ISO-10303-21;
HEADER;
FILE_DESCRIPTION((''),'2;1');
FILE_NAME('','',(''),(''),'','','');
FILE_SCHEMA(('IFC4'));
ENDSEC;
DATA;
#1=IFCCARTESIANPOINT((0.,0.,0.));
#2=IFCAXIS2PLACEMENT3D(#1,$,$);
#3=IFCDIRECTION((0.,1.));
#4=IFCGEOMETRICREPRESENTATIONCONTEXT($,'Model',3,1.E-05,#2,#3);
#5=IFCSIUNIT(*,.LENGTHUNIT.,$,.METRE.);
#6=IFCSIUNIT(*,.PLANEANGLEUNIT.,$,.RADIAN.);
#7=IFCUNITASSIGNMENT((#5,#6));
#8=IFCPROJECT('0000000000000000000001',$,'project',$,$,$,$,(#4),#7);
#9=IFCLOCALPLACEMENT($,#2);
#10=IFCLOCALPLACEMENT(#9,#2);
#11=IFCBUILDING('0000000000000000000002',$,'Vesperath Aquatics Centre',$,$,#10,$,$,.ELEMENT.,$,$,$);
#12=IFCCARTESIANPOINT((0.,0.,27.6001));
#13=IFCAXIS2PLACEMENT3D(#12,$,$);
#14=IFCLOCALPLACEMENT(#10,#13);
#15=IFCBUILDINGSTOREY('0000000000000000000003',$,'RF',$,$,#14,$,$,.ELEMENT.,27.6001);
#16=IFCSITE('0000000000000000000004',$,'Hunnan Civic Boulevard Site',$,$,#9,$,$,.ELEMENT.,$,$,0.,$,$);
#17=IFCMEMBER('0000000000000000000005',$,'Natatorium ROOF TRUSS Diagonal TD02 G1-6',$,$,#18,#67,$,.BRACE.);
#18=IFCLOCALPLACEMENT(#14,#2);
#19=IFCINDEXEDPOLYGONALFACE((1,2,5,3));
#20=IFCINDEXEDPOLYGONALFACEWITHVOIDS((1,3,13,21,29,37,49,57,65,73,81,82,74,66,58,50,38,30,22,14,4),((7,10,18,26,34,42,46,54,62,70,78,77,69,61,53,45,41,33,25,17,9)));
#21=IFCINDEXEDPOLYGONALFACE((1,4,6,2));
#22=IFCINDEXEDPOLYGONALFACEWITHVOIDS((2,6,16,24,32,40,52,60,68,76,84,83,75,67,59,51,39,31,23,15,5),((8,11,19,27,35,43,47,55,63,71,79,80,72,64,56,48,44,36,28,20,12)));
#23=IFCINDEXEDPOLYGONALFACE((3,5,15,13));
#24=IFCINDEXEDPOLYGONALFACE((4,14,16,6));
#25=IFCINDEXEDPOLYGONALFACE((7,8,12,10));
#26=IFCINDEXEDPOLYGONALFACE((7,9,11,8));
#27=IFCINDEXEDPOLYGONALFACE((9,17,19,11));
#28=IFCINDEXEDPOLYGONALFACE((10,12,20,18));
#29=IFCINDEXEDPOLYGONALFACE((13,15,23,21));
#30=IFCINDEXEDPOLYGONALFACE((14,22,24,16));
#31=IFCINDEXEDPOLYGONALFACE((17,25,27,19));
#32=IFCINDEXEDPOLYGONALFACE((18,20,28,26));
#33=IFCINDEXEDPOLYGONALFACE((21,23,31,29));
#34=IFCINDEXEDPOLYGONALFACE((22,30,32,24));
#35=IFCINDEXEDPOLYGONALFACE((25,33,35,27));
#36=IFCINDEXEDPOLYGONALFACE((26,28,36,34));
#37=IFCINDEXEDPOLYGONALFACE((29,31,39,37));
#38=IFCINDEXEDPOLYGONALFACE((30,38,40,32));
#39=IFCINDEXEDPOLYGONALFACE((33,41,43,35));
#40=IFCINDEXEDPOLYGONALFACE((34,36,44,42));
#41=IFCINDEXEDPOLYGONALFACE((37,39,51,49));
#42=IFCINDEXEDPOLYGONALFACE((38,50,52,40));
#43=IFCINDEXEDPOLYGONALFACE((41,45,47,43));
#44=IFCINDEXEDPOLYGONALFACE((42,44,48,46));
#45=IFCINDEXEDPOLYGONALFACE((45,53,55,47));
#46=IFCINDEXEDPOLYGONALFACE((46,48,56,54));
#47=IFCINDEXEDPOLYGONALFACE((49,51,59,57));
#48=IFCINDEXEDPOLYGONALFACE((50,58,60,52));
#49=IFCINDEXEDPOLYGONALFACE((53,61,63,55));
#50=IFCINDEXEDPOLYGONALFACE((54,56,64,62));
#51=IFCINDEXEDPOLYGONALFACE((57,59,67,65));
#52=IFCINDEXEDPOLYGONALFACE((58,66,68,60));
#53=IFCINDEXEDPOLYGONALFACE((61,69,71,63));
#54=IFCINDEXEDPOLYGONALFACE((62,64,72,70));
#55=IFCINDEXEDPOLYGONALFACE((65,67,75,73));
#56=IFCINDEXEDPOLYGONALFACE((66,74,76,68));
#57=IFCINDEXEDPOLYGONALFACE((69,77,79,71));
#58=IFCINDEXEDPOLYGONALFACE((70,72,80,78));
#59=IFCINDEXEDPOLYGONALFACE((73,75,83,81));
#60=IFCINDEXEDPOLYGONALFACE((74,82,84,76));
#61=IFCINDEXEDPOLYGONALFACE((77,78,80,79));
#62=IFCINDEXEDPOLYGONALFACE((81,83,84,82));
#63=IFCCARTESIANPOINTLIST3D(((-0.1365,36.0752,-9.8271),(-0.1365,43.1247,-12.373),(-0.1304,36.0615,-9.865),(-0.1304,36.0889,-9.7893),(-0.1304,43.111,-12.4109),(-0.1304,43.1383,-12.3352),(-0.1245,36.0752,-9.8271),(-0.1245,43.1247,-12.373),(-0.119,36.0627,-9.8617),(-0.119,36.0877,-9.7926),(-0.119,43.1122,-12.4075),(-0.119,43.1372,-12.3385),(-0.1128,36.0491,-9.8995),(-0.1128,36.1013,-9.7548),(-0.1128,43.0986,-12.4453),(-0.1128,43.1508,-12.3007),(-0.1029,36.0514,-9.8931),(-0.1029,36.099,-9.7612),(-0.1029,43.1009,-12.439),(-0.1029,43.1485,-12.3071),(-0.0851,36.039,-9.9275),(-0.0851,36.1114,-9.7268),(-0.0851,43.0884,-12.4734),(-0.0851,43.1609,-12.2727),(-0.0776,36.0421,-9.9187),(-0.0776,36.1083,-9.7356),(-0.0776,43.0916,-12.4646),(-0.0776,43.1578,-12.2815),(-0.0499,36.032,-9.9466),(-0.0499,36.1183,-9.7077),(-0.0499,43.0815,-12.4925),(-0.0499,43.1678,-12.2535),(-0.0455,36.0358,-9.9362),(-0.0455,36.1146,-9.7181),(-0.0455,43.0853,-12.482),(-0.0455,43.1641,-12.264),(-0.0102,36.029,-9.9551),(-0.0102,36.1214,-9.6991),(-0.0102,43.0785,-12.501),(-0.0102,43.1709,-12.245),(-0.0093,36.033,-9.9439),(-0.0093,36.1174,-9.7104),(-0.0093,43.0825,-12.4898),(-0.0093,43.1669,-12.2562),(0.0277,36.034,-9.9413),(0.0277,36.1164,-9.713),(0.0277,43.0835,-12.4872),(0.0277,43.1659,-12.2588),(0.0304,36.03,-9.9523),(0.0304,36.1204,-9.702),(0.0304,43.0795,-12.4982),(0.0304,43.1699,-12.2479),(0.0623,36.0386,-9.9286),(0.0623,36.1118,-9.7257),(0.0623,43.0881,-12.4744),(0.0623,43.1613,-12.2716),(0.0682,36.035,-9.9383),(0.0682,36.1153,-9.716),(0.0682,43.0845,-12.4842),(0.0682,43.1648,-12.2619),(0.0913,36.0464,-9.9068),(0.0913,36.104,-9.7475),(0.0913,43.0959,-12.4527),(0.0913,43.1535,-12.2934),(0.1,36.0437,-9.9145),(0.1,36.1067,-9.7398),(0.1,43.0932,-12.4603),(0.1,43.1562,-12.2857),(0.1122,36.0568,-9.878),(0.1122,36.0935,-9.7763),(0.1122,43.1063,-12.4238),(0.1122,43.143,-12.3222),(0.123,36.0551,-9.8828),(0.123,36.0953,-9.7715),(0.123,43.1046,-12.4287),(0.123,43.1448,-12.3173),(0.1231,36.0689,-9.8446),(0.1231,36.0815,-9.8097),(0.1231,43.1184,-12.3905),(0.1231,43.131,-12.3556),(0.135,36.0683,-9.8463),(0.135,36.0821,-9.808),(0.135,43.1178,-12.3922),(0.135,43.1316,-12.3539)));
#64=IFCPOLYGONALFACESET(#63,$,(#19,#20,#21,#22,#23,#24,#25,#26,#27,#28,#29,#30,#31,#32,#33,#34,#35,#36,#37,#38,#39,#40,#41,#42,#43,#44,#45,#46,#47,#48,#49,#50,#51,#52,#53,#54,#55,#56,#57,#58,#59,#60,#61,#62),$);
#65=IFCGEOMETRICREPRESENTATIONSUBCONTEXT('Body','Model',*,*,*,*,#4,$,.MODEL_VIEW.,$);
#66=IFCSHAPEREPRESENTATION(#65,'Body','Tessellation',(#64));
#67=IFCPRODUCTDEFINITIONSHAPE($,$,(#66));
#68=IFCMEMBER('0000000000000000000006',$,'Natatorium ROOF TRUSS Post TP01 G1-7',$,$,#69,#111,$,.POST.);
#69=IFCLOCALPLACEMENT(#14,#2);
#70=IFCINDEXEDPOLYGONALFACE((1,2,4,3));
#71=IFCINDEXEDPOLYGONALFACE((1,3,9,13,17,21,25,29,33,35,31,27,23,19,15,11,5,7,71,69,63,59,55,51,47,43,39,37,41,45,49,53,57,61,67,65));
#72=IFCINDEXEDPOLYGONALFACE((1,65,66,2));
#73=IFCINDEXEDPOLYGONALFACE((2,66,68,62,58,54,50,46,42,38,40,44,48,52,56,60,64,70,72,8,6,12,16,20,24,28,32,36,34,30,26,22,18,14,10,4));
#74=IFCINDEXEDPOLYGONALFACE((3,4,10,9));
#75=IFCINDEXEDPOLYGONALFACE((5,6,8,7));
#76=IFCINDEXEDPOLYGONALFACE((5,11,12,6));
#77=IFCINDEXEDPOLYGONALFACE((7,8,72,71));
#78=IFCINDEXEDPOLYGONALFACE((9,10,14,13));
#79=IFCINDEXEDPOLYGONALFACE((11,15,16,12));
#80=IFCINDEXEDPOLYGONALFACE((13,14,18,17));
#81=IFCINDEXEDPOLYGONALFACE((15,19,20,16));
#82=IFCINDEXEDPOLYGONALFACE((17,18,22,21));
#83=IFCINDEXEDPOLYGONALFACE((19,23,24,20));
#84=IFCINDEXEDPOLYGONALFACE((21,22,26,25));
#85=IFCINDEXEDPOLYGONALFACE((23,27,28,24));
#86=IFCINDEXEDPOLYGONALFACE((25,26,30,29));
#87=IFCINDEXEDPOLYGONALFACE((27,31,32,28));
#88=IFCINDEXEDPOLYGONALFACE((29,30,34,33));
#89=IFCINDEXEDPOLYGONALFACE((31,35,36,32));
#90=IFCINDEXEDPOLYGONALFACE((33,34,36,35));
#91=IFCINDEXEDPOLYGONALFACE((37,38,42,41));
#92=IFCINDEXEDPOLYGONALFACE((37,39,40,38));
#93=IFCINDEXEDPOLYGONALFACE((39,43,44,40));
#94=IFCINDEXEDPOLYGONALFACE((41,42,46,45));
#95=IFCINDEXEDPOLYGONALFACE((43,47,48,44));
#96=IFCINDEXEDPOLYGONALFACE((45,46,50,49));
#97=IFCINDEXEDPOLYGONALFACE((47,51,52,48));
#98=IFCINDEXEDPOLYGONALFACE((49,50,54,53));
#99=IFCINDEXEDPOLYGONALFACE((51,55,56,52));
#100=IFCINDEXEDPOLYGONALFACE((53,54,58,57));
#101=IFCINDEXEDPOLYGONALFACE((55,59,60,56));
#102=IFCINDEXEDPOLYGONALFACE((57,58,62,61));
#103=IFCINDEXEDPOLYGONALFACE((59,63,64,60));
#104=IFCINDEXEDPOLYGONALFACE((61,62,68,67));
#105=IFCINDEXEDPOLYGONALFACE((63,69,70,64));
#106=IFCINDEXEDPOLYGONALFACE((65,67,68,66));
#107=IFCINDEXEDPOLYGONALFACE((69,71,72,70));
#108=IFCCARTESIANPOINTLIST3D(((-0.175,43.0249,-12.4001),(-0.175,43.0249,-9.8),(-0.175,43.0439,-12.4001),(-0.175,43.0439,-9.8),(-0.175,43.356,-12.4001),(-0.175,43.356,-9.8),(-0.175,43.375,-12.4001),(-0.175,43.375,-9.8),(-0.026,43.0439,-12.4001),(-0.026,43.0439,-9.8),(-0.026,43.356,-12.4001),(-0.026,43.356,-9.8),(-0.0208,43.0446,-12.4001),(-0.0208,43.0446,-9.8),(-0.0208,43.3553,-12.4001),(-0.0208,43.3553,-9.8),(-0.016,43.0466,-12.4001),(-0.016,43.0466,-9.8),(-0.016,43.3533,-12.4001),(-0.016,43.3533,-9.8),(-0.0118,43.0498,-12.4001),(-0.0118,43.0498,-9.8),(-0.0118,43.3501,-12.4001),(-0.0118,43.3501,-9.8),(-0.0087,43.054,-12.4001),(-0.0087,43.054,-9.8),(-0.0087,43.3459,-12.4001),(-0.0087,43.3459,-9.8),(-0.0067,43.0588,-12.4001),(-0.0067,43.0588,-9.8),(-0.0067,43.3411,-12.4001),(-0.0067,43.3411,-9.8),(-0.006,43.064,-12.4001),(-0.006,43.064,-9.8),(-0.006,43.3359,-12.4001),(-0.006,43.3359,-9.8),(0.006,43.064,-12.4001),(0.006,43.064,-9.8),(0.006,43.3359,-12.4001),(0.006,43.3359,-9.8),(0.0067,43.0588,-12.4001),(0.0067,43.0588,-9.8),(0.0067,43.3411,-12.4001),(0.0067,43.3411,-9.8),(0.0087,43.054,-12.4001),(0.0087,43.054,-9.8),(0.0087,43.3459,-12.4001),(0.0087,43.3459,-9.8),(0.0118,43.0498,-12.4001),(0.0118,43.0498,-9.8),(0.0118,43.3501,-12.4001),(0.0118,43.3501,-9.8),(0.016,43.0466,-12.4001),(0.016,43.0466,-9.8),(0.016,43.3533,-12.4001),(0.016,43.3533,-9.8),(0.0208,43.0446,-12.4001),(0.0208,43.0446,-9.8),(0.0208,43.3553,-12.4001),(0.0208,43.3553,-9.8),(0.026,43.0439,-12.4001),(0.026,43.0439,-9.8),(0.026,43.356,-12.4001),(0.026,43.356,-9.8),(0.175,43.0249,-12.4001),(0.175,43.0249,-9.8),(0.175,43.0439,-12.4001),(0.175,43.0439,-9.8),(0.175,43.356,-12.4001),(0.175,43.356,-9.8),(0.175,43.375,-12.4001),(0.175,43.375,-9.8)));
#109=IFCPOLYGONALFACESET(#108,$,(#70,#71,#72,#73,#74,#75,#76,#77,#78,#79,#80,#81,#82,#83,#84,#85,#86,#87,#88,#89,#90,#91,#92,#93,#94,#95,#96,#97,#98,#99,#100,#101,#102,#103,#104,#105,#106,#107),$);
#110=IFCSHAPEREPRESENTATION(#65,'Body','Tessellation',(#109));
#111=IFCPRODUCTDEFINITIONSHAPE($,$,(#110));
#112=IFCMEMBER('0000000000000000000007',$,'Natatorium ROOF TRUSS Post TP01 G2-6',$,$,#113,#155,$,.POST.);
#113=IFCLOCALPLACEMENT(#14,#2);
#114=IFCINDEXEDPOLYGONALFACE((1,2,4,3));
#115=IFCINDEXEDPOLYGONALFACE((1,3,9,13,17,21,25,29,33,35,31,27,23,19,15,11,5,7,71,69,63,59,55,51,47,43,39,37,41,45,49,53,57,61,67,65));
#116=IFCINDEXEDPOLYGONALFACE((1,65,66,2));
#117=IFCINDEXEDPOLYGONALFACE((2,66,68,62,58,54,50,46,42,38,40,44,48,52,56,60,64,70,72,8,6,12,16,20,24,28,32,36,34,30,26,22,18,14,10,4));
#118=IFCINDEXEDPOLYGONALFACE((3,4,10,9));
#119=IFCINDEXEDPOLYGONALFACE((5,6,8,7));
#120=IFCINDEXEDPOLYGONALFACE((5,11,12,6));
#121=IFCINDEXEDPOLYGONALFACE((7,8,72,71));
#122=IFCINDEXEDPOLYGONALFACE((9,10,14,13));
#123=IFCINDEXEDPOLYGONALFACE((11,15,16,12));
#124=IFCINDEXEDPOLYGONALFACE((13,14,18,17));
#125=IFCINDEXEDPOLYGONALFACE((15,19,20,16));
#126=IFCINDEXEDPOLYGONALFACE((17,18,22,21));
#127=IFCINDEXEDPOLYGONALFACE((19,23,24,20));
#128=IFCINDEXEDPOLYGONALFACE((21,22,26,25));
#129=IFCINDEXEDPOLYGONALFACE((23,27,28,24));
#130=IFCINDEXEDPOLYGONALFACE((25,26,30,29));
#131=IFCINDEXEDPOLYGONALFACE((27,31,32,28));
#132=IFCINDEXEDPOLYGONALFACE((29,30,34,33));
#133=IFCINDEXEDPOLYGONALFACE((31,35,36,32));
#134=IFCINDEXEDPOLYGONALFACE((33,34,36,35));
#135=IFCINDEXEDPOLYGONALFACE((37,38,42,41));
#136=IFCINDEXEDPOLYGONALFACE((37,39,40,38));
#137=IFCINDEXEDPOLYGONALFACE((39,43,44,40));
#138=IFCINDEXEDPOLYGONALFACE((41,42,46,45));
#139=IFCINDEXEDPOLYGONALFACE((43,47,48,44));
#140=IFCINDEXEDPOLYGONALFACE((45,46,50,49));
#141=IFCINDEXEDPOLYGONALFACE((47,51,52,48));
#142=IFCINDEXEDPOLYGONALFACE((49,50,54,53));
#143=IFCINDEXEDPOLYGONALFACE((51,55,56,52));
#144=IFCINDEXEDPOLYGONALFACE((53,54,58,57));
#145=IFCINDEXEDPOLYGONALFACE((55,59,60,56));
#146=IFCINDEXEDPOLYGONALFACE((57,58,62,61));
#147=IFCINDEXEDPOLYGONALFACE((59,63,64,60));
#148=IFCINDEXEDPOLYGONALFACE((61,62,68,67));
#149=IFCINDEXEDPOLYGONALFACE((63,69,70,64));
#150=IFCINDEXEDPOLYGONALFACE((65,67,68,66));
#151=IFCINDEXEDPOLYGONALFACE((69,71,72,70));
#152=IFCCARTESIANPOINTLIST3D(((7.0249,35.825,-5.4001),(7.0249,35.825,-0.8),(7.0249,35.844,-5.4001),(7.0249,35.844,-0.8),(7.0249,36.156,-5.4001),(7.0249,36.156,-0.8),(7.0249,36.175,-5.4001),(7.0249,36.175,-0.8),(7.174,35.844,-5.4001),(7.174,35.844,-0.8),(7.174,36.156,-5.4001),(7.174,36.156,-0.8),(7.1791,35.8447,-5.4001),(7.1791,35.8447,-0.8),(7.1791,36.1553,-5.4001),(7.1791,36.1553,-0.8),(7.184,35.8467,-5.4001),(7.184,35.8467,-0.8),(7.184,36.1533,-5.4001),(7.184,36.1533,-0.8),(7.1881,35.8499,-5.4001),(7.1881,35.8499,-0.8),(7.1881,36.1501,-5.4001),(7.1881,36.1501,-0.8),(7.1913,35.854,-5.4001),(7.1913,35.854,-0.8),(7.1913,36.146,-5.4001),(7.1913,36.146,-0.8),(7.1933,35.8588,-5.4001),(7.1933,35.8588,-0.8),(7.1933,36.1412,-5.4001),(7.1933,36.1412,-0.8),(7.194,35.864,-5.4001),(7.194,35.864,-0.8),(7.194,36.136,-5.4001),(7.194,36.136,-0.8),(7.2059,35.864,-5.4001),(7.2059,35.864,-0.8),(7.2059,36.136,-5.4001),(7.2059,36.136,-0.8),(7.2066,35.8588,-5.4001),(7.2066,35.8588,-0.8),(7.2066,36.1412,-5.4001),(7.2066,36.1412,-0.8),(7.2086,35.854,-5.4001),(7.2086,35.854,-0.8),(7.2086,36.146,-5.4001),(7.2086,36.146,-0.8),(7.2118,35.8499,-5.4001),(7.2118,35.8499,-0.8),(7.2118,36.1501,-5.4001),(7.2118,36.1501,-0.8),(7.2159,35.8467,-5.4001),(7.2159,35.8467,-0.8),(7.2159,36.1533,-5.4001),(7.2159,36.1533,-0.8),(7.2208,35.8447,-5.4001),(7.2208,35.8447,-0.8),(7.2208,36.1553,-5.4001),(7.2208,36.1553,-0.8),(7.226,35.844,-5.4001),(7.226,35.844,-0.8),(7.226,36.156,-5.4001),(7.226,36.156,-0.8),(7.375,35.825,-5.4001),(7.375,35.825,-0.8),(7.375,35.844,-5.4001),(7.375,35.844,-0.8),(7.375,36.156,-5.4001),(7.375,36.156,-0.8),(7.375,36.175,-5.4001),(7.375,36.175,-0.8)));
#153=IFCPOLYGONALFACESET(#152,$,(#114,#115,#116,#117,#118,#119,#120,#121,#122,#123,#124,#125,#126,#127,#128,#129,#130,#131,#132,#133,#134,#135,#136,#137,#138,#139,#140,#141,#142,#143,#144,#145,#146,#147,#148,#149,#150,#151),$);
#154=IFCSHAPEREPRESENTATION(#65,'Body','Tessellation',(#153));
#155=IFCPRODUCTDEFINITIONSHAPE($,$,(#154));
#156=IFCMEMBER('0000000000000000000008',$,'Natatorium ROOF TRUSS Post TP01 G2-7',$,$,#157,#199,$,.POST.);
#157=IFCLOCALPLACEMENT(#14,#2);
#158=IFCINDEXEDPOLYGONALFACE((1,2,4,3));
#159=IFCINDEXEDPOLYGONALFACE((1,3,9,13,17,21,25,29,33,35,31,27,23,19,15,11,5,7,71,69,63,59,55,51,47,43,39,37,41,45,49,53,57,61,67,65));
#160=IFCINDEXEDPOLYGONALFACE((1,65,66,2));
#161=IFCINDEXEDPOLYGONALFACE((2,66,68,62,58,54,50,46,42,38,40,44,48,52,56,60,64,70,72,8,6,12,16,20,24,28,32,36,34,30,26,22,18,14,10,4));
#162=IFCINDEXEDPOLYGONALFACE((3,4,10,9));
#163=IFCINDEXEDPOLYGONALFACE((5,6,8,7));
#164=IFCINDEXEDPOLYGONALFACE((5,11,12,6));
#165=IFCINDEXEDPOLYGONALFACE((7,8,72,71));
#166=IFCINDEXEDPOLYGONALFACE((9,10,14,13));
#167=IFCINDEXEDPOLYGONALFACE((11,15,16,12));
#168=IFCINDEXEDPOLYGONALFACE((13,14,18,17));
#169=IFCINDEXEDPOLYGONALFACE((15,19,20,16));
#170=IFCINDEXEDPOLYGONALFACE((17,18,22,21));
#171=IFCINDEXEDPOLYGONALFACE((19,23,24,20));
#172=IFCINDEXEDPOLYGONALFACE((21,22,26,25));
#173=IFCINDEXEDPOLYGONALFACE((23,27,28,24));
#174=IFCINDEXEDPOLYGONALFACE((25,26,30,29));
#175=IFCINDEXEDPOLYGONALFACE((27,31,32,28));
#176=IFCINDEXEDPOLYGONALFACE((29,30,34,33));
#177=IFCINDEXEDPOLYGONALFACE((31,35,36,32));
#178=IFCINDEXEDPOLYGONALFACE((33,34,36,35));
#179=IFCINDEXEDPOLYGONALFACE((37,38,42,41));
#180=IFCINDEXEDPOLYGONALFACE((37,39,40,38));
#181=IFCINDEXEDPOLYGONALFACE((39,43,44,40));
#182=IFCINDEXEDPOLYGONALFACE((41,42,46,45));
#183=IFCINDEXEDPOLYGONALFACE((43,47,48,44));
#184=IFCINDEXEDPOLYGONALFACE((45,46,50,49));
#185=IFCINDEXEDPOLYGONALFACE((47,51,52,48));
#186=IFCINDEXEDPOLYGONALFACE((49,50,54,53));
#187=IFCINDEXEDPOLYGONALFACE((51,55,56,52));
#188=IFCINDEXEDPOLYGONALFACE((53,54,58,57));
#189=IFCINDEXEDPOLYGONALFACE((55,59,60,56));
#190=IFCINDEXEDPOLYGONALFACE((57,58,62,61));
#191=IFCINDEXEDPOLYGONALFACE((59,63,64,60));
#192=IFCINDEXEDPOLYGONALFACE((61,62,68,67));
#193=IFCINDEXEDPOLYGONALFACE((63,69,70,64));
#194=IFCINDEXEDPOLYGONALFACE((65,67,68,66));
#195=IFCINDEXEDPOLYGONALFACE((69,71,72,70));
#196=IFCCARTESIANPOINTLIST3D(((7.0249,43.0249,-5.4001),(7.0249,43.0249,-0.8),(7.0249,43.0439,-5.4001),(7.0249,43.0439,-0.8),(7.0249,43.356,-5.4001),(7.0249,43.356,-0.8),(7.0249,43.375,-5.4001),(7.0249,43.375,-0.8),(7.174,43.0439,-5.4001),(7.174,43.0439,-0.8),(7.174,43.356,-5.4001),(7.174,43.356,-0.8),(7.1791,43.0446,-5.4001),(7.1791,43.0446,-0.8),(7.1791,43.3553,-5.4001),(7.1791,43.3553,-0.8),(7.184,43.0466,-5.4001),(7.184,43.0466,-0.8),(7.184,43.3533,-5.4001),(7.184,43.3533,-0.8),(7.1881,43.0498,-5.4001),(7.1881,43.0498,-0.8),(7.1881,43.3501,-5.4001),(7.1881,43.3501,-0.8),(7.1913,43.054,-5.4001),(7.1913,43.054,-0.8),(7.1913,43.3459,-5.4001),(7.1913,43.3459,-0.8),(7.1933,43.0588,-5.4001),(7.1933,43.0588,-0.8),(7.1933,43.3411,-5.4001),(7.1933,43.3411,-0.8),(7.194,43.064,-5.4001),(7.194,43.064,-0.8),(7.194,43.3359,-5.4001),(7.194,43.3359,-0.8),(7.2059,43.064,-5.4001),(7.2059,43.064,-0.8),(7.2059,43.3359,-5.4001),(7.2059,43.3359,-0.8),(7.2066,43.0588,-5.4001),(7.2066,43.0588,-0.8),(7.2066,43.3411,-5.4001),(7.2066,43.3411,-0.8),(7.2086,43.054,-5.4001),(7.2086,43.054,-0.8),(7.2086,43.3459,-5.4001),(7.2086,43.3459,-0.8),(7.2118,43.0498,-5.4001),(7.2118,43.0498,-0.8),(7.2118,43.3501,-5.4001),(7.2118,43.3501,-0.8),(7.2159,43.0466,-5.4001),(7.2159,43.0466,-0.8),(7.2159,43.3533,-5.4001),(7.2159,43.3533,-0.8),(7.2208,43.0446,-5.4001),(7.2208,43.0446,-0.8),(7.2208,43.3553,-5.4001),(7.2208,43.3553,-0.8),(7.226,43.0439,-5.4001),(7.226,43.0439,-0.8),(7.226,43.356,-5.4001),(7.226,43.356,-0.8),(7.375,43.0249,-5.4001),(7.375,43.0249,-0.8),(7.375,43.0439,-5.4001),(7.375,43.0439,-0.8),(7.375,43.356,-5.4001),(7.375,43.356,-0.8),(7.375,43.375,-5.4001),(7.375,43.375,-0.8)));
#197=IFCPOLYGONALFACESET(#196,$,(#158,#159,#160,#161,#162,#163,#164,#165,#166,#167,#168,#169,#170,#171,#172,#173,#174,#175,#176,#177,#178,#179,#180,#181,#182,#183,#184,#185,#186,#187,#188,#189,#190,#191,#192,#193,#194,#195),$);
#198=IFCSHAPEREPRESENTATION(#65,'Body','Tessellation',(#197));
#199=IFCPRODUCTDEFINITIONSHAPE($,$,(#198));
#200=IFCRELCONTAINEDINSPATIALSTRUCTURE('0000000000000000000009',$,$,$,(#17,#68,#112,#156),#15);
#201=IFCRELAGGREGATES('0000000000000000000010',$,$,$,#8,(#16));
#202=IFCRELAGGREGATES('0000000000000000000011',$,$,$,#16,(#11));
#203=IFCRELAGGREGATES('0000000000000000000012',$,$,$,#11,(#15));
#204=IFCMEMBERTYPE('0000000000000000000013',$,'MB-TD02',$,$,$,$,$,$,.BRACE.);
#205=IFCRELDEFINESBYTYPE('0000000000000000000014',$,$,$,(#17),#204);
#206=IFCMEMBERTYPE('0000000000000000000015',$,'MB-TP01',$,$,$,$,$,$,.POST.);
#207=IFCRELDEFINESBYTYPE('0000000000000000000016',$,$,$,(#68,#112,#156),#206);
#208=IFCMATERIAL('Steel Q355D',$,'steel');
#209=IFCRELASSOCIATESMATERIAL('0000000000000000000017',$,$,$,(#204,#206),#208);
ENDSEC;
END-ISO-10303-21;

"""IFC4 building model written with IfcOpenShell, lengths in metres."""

from ifc_helpers import new_model, si_unit, direction, frame, origin, origin_2d, place, context, subcontext, project, spatial, hollow_circle, i_section, extrude, material, material_profile, profile_set, type_object, element, save


model = new_model("IFC4")

# Units and contexts
model_context = context("Model", 3, precision=1e-05, world=origin(), true_north=direction((0.0, 1.0)))
body_context = subcontext(model_context, "Body", "Model", "MODEL_VIEW")
ifc_project = project(units=[si_unit("LENGTHUNIT", "METRE"), si_unit("PLANEANGLEUNIT", "RADIAN")], contexts=[model_context])

# Site, building, storey
site_placement = place(None, origin())
site = spatial("IfcSite", under=ifc_project, at=site_placement, Name="Hunnan Civic Boulevard Site", CompositionType="ELEMENT", RefElevation=0.0)
building_placement = place(site_placement, origin())
building = spatial("IfcBuilding", under=site, at=building_placement, Name="Vesperath Aquatics Centre", CompositionType="ELEMENT")
storey_placement = place(building_placement, frame((0.0, 0.0, 27.6001)))
storey = spatial("IfcBuildingStorey", under=building, at=storey_placement, Name="RF", CompositionType="ELEMENT", Elevation=27.6001)

# Members
ifc_material_1 = material(Name="Steel Q355D", Category="steel")
ifc_material_profile_1 = material_profile(ifc_material_1, hollow_circle(Radius=0.1365, WallThickness=0.012, at=origin_2d()), Name="CHS 273.0x12")
ifc_profile_set_1 = profile_set([ifc_material_profile_1], Name="Steel Q355D")
member_type_1 = type_object("IfcMemberType", Name="MB-TD02", PredefinedType="BRACE", material=ifc_profile_set_1)
member_1_placement = place(storey_placement, frame((0.0, 36.0752, -9.8271), z_axis=(0.0, 0.940544, -0.339671), x_axis=(-1.0, 0.0, 0.0)))
element("IfcMember", 1, at=member_1_placement, inside=storey, type_object=member_type_1, Name="Natatorium ROOF TRUSS Diagonal TD02 G1-6", PredefinedType="BRACE", context=body_context, shape_type="SweptSolid", body=[
    extrude(hollow_circle(Radius=0.1365, WallThickness=0.012, at=origin_2d()), origin(), (0.0, 0.0, 1.0), 7.4951),
])
ifc_material_profile_2 = material_profile(ifc_material_1, i_section(OverallWidth=0.3501, OverallDepth=0.3501, WebThickness=0.012, FlangeThickness=0.019, FilletRadius=0.02, at=origin_2d()), Name="HW 350x350x12x19")
ifc_profile_set_2 = profile_set([ifc_material_profile_2], Name="Steel Q355D")
member_type_2 = type_object("IfcMemberType", Name="MB-TP01", PredefinedType="POST", material=ifc_profile_set_2)
member_2_placement = place(storey_placement, frame((0.0, 43.2, -12.4001), z_axis=(0.0, 0.0, 1.0), x_axis=(1.0, 0.0, 0.0)))
element("IfcMember", 2, at=member_2_placement, inside=storey, type_object=member_type_2, Name="Natatorium ROOF TRUSS Post TP01 G1-7", PredefinedType="POST", context=body_context, shape_type="SweptSolid", body=[
    extrude(i_section(OverallWidth=0.3501, OverallDepth=0.3501, WebThickness=0.012, FlangeThickness=0.019, FilletRadius=0.02, at=origin_2d()), origin(), (0.0, 0.0, 1.0), 2.6001),
])
for number, where, z_axis, x_axis, name in (
    (3, (7.2, 36.0, -5.4001), (0.0, 0.0, 1.0), (1.0, 0.0, 0.0), "Natatorium ROOF TRUSS Post TP01 G2-6"),
    (4, (7.2, 43.2, -5.4001), (0.0, 0.0, 1.0), (1.0, 0.0, 0.0), "Natatorium ROOF TRUSS Post TP01 G2-7"),
):
    element("IfcMember", number, at=place(storey_placement, frame(where, z_axis=z_axis, x_axis=x_axis)), inside=storey, type_object=member_type_2, Name=name, PredefinedType="POST", context=body_context, shape_type="SweptSolid", body=[
        extrude(i_section(OverallWidth=0.3501, OverallDepth=0.3501, WebThickness=0.012, FlangeThickness=0.019, FilletRadius=0.02, at=origin_2d()), origin(), (0.0, 0.0, 1.0), 4.6001),
    ])

save(model, "model.ifc")
